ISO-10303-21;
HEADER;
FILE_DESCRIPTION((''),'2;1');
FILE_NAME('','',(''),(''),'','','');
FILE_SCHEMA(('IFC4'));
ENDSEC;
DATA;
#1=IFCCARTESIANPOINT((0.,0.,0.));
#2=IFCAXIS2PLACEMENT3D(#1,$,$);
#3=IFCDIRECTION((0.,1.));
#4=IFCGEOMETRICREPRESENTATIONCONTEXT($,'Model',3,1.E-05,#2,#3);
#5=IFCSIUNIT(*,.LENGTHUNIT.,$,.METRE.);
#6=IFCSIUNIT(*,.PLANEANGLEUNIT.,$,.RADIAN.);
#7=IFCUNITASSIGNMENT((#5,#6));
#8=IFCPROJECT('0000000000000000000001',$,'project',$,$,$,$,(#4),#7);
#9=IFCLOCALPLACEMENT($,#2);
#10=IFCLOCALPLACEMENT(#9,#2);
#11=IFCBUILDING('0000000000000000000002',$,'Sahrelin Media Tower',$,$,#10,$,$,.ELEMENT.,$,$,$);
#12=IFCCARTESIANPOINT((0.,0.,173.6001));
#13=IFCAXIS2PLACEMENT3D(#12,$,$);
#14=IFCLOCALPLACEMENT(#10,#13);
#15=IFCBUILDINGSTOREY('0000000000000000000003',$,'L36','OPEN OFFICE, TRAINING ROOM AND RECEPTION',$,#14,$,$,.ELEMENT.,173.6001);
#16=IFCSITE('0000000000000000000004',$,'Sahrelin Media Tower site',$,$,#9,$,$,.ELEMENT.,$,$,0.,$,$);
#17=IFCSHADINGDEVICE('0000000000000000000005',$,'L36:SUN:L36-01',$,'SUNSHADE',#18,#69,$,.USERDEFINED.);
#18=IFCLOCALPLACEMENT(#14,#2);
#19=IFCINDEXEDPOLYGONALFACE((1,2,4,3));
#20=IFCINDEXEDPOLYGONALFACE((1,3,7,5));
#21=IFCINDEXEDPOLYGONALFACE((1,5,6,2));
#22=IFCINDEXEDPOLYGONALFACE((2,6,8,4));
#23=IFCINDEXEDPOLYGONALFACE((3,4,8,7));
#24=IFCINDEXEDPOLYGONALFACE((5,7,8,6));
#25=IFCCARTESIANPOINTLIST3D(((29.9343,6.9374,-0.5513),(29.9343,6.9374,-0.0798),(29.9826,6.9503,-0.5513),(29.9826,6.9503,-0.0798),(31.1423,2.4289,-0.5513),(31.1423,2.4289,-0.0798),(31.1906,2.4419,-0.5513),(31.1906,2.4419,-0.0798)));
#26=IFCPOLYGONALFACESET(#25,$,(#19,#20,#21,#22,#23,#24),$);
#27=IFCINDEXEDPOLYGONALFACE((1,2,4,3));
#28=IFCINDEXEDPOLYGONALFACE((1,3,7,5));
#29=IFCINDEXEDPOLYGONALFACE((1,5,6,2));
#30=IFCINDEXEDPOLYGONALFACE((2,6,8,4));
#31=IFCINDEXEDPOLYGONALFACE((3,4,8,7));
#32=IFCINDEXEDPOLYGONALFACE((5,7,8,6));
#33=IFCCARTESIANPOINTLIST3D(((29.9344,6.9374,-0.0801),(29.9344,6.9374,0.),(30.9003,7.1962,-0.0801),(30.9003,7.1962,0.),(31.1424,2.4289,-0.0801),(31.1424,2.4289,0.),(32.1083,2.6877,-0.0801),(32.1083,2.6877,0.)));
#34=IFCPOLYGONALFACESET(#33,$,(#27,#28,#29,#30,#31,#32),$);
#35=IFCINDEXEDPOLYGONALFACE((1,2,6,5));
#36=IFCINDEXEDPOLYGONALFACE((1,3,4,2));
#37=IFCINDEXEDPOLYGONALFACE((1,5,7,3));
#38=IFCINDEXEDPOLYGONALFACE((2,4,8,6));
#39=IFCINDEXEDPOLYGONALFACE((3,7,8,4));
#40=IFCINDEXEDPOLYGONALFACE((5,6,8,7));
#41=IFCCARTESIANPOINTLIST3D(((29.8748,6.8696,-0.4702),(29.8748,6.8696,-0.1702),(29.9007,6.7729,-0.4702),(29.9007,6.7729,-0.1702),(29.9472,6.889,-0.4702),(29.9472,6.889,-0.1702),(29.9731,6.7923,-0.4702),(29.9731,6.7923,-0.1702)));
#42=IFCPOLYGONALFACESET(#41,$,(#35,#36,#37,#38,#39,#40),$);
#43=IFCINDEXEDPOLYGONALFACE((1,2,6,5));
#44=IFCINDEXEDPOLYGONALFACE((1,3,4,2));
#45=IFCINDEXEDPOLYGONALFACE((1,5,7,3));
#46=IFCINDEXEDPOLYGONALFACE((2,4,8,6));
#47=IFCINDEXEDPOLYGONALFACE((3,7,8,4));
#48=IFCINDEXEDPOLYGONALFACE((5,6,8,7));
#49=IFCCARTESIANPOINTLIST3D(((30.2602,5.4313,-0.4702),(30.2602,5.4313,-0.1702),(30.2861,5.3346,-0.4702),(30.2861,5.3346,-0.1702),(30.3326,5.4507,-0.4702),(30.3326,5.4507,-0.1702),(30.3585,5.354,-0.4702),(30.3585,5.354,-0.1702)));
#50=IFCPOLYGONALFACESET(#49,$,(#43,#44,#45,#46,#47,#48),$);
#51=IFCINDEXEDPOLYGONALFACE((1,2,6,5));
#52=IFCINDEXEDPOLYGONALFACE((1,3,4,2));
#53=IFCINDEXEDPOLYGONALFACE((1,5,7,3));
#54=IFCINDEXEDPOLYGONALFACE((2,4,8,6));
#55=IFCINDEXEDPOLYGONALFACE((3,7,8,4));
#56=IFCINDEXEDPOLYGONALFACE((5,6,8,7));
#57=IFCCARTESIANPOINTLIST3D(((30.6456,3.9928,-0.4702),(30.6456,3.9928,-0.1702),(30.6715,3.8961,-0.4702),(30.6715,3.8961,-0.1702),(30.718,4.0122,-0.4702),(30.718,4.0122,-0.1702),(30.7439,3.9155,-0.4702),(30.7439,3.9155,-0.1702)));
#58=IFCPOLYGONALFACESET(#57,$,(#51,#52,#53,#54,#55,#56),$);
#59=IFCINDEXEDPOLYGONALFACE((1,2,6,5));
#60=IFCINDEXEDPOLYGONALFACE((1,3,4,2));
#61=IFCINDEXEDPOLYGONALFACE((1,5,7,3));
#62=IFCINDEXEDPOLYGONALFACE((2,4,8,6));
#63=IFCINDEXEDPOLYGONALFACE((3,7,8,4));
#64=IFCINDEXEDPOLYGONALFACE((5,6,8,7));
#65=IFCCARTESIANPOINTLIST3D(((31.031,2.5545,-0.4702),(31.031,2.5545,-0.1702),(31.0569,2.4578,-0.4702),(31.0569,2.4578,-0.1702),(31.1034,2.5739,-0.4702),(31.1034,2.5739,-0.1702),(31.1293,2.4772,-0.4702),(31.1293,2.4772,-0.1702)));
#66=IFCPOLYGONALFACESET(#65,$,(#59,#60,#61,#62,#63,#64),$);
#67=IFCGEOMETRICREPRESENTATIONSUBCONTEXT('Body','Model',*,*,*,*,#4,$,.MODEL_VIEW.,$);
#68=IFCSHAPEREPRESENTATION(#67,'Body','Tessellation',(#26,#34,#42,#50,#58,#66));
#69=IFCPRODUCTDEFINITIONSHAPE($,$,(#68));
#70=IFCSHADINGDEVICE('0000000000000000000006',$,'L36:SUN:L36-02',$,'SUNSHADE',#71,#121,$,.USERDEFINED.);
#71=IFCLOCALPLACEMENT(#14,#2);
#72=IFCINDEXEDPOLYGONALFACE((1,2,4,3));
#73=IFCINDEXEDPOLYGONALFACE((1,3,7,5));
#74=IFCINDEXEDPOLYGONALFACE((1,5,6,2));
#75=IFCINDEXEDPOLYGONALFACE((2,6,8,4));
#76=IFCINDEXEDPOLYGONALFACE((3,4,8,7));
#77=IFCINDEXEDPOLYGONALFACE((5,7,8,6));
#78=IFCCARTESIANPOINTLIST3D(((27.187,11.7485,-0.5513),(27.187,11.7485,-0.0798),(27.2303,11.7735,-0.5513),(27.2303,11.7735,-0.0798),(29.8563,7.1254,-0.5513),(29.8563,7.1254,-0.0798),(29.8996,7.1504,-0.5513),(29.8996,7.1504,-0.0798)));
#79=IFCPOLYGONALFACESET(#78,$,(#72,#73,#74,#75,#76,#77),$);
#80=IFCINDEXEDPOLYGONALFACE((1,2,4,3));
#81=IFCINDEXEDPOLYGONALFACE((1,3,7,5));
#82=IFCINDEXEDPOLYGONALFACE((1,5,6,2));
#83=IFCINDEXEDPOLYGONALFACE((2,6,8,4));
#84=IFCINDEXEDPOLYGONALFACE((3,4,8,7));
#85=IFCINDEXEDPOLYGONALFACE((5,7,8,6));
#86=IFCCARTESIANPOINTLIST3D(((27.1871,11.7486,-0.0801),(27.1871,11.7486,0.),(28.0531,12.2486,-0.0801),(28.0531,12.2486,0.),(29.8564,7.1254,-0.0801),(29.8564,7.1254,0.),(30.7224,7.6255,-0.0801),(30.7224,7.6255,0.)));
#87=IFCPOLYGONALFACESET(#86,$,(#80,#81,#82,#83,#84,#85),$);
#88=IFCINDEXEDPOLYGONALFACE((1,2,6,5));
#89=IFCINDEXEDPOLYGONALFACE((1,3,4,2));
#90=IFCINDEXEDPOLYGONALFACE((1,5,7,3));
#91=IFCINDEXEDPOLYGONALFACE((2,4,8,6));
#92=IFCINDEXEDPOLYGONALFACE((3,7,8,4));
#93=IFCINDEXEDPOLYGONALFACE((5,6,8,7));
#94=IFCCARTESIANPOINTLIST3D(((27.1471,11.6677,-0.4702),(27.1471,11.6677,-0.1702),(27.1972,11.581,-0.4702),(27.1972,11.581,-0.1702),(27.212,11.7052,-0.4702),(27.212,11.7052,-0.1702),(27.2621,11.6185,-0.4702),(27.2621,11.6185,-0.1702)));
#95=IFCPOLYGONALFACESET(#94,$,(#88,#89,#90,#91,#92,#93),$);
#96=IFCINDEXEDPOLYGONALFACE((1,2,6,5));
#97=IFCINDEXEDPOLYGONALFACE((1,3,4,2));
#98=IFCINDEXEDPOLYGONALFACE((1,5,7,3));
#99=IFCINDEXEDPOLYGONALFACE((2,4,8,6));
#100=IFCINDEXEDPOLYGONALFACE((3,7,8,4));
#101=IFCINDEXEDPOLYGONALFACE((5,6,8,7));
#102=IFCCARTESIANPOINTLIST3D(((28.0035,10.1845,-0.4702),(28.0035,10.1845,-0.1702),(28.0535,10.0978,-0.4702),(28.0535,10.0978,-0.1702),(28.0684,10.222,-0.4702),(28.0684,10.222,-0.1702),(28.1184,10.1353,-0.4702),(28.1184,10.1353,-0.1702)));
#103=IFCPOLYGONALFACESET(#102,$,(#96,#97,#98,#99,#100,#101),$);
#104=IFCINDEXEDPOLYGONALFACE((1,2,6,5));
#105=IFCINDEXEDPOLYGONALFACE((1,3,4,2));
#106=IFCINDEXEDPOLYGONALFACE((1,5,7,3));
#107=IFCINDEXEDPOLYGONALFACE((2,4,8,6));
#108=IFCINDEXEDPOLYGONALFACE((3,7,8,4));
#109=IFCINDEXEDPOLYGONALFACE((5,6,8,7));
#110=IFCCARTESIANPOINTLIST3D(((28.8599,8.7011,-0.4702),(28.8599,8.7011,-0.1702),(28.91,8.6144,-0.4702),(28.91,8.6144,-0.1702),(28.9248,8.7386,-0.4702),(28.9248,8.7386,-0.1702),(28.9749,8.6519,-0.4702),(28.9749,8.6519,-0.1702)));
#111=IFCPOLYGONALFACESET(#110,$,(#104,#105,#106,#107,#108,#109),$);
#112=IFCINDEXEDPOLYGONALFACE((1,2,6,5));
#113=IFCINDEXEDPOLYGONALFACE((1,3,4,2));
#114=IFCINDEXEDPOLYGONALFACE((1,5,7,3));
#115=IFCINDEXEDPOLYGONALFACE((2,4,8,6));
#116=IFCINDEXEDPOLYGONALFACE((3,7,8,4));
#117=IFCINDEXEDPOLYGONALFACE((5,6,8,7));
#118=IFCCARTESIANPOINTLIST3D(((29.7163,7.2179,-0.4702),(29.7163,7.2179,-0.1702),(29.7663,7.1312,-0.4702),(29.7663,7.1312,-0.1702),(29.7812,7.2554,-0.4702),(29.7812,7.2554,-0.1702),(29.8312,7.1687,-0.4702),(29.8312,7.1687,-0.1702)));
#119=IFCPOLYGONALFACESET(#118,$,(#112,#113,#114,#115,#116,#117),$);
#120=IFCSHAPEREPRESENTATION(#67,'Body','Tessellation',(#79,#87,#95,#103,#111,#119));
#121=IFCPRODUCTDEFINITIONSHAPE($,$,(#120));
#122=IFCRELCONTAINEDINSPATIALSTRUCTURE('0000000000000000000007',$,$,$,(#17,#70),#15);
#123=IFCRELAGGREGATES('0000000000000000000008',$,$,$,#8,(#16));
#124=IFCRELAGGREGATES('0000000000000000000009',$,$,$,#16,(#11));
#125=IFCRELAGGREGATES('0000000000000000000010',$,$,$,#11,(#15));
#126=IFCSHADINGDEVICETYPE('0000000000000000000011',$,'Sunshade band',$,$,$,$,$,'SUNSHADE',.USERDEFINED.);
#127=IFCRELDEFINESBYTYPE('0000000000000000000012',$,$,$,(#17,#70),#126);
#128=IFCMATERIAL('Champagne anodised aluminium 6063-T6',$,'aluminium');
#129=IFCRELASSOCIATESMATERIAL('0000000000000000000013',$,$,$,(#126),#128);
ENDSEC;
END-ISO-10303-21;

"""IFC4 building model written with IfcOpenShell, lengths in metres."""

from ifc_helpers import new_model, si_unit, direction, frame, origin, origin_2d, place, context, subcontext, project, spatial, rectangle, extrude, material, type_object, element, save


model = new_model("IFC4")

# Units and contexts
model_context = context("Model", 3, precision=1e-05, world=origin(), true_north=direction((0.0, 1.0)))
body_context = subcontext(model_context, "Body", "Model", "MODEL_VIEW")
ifc_project = project(units=[si_unit("LENGTHUNIT", "METRE"), si_unit("PLANEANGLEUNIT", "RADIAN")], contexts=[model_context])

# Site, building, storey
site_placement = place(None, origin())
site = spatial("IfcSite", under=ifc_project, at=site_placement, Name="Sahrelin Media Tower site", CompositionType="ELEMENT", RefElevation=0.0)
building_placement = place(site_placement, origin())
building = spatial("IfcBuilding", under=site, at=building_placement, Name="Sahrelin Media Tower", CompositionType="ELEMENT")
storey_placement = place(building_placement, frame((0.0, 0.0, 173.6001)))
storey = spatial("IfcBuildingStorey", under=building, at=storey_placement, Name="L36", Description="OPEN OFFICE, TRAINING ROOM AND RECEPTION", CompositionType="ELEMENT", Elevation=173.6001)

# Shared definitions
ifc_material_1 = material(Name="Champagne anodised aluminium 6063-T6", Category="aluminium")

# Shading devices
placement_1 = place(storey_placement, frame((30.519, 4.678, 0.0), z_axis=(0.0, 0.0, 1.0), x_axis=(0.258808, -0.965929, 0.0)))
placement_2 = place(storey_placement, frame((28.5044, 9.427, 0.0), z_axis=(0.0, 0.0, 1.0), x_axis=(0.500011, -0.866019, 0.0)))
shading_device_type_1 = type_object("IfcShadingDeviceType", Name="Sunshade band", ElementType="SUNSHADE", PredefinedType="USERDEFINED", material=ifc_material_1)
element("IfcShadingDevice", 1, at=placement_1, inside=storey, type_object=shading_device_type_1, Name="L36:SUN:L36-01", ObjectType="SUNSHADE", PredefinedType="USERDEFINED", context=body_context, shape_type="SweptSolid", body=[
    extrude(rectangle(XDim=4.6675, YDim=0.05, at=origin_2d()), frame((0.0, 0.0449, -0.5513)), (0.0, 0.0, 1.0), 0.4714),
    extrude(rectangle(XDim=4.6675, YDim=1.0, at=origin_2d()), frame((0.0, 0.52, -0.0801)), (0.0, 0.0, 1.0), 0.0801),
    extrude(rectangle(XDim=0.1001, YDim=0.075, at=origin_2d()), frame((-2.2336, -0.0176, -0.4702)), (0.0, 0.0, 1.0), 0.3),
    extrude(rectangle(XDim=0.1001, YDim=0.075, at=origin_2d()), frame((-0.7446, -0.0176, -0.4702)), (0.0, 0.0, 1.0), 0.3),
    extrude(rectangle(XDim=0.1001, YDim=0.075, at=origin_2d()), frame((0.7446, -0.0176, -0.4702)), (0.0, 0.0, 1.0), 0.3),
    extrude(rectangle(XDim=0.1001, YDim=0.075, at=origin_2d()), frame((2.2336, -0.0176, -0.4702)), (0.0, 0.0, 1.0), 0.3),
])
element("IfcShadingDevice", 2, at=placement_2, inside=storey, type_object=shading_device_type_1, Name="L36:SUN:L36-02", ObjectType="SUNSHADE", PredefinedType="USERDEFINED", context=body_context, shape_type="SweptSolid", body=[
    extrude(rectangle(XDim=5.3384, YDim=0.05, at=origin_2d()), frame((0.0, 0.0449, -0.5513)), (0.0, 0.0, 1.0), 0.4714),
    extrude(rectangle(XDim=5.3384, YDim=1.0, at=origin_2d()), frame((0.0, 0.52, -0.0801)), (0.0, 0.0, 1.0), 0.0801),
    extrude(rectangle(XDim=0.1001, YDim=0.075, at=origin_2d()), frame((-2.5691, -0.0176, -0.4702)), (0.0, 0.0, 1.0), 0.3),
    extrude(rectangle(XDim=0.1001, YDim=0.075, at=origin_2d()), frame((-0.8564, -0.0176, -0.4702)), (0.0, 0.0, 1.0), 0.3),
    extrude(rectangle(XDim=0.1001, YDim=0.075, at=origin_2d()), frame((0.8564, -0.0176, -0.4702)), (0.0, 0.0, 1.0), 0.3),
    extrude(rectangle(XDim=0.1001, YDim=0.075, at=origin_2d()), frame((2.5691, -0.0176, -0.4702)), (0.0, 0.0, 1.0), 0.3),
])

save(model, "model.ifc")
